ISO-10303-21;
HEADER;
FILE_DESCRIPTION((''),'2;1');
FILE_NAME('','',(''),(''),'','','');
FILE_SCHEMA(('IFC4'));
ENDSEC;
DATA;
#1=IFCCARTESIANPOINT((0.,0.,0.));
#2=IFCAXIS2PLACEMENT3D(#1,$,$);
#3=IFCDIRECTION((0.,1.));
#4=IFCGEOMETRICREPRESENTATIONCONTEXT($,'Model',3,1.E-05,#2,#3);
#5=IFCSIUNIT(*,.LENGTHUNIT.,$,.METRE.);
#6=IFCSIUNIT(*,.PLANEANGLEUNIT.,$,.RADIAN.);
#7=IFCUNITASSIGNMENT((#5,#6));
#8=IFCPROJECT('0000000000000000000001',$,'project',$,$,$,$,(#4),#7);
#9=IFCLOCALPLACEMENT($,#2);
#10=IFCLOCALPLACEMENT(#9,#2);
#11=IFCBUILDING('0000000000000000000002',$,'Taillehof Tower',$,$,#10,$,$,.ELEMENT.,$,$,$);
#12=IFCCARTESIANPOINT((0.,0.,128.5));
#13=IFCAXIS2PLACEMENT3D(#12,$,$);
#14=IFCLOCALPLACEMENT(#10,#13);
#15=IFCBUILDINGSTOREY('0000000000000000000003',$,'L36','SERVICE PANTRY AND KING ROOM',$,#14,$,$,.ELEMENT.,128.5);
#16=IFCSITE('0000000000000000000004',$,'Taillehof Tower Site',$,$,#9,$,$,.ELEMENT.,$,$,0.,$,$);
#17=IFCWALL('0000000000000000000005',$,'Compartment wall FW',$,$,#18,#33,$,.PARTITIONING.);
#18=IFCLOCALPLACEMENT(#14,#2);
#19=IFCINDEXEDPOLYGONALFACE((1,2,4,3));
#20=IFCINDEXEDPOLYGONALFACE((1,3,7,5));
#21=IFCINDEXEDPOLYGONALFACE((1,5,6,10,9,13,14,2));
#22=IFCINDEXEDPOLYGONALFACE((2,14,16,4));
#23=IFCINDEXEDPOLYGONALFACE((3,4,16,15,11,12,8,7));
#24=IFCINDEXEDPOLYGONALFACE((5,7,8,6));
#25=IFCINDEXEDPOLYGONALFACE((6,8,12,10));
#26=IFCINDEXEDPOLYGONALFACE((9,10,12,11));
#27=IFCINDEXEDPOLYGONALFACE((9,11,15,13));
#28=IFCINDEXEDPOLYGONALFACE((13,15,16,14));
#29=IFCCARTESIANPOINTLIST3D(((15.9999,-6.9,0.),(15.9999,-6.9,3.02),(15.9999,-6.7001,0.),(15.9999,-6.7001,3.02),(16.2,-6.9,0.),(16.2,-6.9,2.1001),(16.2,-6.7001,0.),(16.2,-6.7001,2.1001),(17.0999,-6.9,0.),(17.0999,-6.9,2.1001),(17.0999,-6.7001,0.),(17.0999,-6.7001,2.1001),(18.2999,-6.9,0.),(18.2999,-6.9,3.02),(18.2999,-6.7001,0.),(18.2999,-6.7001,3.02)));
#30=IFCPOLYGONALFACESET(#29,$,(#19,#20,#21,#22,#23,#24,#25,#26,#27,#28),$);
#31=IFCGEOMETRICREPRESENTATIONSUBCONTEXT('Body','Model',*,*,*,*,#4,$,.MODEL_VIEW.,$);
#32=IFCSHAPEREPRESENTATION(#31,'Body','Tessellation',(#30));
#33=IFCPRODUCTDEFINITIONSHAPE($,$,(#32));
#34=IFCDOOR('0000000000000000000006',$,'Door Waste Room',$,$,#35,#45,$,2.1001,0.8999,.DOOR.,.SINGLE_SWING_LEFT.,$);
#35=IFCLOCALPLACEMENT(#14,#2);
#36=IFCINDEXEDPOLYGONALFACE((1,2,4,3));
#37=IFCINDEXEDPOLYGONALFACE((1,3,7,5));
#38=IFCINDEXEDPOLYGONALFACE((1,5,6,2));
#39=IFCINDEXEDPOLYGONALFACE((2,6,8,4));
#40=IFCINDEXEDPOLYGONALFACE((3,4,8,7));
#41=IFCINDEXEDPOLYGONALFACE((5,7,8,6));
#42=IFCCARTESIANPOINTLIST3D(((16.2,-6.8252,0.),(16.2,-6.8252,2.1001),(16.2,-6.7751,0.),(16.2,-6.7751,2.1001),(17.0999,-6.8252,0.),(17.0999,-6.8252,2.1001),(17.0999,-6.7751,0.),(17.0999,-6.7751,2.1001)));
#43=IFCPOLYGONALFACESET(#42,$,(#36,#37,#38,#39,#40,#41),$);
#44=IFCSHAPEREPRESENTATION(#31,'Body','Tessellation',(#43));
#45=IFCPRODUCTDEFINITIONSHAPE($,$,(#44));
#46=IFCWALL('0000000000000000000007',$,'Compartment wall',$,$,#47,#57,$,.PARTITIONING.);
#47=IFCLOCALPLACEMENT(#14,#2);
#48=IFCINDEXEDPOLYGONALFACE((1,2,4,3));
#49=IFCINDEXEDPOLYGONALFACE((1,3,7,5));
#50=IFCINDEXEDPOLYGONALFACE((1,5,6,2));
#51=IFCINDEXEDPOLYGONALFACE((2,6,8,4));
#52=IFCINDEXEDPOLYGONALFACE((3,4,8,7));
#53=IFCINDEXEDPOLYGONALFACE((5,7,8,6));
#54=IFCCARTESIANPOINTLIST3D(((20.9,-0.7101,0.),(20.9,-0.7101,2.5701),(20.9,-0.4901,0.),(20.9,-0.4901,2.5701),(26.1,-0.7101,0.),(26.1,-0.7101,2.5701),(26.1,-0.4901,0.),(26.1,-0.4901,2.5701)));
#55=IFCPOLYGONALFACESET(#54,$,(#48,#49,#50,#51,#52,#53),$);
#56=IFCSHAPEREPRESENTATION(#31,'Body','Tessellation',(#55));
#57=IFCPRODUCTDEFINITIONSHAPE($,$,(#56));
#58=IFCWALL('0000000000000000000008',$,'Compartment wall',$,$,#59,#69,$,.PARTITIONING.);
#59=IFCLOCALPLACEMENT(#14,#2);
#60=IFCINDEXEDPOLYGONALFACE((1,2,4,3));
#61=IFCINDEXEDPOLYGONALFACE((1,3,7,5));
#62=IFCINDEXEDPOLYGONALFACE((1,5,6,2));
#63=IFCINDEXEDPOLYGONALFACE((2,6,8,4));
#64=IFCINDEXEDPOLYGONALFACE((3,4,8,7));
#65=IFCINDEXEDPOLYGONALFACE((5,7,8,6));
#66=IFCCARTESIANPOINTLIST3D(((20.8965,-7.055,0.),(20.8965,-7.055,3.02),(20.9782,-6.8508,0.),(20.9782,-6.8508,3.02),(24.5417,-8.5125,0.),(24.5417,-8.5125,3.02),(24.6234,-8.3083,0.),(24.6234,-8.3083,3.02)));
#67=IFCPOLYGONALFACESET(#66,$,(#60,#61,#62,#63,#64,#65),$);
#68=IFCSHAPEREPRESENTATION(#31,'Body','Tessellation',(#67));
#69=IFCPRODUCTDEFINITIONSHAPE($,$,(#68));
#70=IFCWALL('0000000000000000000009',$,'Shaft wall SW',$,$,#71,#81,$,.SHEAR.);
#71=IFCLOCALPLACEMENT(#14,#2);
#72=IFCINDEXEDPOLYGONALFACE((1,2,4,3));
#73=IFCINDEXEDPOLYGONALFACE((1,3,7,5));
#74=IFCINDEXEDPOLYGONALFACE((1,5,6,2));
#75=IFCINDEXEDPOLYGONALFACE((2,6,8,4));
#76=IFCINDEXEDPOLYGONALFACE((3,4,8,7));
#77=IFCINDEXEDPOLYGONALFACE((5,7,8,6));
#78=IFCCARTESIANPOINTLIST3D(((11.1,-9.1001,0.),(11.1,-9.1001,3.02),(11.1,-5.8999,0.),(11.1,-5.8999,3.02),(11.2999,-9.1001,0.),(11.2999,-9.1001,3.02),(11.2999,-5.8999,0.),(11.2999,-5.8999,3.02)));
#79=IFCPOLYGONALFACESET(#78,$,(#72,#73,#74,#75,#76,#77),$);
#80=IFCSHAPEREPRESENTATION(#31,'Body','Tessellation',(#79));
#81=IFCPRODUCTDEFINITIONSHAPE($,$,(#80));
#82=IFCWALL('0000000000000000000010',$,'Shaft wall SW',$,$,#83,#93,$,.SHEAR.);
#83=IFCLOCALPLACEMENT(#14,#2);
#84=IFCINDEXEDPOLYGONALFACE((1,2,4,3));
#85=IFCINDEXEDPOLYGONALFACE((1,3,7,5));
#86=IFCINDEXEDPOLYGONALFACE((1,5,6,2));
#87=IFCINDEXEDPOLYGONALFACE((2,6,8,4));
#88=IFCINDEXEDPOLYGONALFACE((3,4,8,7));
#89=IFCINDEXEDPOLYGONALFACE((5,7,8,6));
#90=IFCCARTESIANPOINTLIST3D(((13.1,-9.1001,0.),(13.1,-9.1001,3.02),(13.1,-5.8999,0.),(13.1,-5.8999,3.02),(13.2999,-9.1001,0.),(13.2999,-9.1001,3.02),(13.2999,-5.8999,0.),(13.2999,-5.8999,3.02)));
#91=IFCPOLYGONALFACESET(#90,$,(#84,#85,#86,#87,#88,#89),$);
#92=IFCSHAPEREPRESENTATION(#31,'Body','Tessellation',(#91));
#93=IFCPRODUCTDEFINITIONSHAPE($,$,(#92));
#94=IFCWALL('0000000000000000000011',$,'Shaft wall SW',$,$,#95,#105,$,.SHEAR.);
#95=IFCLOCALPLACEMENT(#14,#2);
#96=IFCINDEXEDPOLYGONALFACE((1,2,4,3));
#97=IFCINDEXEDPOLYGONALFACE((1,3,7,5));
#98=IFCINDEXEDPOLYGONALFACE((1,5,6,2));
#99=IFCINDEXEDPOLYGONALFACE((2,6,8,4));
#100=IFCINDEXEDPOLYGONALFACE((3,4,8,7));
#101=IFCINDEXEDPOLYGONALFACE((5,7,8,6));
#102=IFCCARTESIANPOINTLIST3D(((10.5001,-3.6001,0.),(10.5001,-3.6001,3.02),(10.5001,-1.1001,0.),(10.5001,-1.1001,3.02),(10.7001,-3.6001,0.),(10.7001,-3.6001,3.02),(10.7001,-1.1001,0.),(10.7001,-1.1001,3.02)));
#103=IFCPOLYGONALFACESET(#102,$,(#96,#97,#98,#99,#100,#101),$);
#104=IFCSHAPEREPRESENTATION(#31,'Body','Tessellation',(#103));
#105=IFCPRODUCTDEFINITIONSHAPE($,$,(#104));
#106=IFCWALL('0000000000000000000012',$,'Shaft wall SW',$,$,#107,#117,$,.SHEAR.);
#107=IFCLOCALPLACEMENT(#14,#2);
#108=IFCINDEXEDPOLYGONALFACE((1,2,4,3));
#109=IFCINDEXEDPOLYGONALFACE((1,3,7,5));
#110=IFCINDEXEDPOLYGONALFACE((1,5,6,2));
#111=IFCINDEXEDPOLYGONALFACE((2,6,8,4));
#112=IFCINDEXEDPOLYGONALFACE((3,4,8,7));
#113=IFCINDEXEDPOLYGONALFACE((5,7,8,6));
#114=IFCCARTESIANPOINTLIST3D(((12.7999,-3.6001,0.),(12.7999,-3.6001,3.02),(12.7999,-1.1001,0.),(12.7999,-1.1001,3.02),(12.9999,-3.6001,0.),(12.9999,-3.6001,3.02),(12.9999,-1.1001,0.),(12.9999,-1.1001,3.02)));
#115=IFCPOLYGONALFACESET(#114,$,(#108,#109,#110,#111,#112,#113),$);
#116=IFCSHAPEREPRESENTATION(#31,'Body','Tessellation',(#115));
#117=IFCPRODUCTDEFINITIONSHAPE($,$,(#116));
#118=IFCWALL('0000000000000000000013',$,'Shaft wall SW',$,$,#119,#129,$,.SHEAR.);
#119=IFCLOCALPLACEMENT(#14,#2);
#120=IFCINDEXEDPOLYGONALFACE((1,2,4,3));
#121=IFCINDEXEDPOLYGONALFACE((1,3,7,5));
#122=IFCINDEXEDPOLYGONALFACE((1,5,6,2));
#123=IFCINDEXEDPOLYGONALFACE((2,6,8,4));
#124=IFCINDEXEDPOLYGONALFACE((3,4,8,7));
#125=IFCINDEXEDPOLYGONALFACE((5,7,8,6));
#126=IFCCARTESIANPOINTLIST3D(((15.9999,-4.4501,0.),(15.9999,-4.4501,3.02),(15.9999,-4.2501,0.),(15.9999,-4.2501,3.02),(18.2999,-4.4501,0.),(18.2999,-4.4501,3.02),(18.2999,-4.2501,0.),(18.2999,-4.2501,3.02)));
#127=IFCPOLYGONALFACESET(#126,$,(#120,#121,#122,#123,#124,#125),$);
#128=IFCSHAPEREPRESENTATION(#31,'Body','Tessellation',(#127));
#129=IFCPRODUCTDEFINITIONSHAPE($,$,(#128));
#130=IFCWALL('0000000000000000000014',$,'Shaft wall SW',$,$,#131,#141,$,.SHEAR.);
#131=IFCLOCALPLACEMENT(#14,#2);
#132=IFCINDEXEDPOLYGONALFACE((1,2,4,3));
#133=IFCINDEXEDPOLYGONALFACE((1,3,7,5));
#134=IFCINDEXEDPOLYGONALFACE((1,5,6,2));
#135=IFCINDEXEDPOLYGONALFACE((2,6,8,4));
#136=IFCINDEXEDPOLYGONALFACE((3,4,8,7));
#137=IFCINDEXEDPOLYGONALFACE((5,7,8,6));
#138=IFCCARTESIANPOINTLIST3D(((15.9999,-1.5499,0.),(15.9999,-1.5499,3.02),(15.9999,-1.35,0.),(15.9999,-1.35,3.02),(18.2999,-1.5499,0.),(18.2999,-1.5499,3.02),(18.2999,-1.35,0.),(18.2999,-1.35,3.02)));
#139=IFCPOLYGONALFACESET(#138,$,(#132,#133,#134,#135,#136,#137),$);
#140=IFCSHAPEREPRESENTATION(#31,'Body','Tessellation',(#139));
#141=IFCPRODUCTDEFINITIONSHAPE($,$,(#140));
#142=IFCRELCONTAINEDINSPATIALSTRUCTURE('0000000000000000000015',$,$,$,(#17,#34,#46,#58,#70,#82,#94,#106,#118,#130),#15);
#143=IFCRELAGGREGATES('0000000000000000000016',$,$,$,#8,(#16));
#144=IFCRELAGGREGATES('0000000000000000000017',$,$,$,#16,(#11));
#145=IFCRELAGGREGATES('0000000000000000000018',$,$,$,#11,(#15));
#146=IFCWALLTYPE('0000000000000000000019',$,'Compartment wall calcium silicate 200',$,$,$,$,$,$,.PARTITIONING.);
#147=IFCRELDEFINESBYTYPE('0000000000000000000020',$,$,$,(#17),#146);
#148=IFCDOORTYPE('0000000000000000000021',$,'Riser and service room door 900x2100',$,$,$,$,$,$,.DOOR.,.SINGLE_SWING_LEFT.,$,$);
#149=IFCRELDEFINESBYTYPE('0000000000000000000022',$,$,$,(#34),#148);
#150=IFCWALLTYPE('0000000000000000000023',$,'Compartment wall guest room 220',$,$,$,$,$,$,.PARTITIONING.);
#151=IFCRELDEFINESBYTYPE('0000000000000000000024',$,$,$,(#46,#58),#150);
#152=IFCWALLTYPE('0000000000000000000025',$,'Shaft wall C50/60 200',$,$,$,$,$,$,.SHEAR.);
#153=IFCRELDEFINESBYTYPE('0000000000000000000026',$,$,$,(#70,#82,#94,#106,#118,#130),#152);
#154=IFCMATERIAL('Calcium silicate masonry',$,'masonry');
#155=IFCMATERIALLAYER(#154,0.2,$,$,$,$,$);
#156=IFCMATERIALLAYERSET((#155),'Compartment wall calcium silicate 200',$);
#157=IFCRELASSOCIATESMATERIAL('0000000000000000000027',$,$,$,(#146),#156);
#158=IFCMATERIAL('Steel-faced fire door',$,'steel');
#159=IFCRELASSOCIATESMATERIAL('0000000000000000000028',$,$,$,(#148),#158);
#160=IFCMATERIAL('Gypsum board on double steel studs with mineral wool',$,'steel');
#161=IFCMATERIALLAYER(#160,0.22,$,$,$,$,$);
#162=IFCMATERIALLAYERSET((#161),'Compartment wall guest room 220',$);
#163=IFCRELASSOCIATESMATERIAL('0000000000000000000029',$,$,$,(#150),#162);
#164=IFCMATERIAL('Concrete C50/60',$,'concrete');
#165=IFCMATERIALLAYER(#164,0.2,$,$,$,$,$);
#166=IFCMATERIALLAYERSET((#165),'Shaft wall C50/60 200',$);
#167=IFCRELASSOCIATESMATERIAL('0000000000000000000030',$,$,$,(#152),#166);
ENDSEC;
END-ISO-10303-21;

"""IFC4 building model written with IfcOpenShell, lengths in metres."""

from ifc_helpers import new_model, si_unit, direction, frame, frame_2d, origin, place, context, subcontext, project, spatial, rectangle, extrude, material, layer, layer_set, type_object, element, fill, save


model = new_model("IFC4")

# Units and contexts
model_context = context("Model", 3, precision=1e-05, world=origin(), true_north=direction((0.0, 1.0)))
body_context = subcontext(model_context, "Body", "Model", "MODEL_VIEW")
ifc_project = project(units=[si_unit("LENGTHUNIT", "METRE"), si_unit("PLANEANGLEUNIT", "RADIAN")], contexts=[model_context])

# Site, building, storey
site_placement = place(None, origin())
site = spatial("IfcSite", under=ifc_project, at=site_placement, Name="Taillehof Tower Site", CompositionType="ELEMENT", RefElevation=0.0)
building_placement = place(site_placement, origin())
building = spatial("IfcBuilding", under=site, at=building_placement, Name="Taillehof Tower", CompositionType="ELEMENT")
storey_placement = place(building_placement, frame((0.0, 0.0, 128.5)))
storey = spatial("IfcBuildingStorey", under=building, at=storey_placement, Name="L36", Description="SERVICE PANTRY AND KING ROOM", CompositionType="ELEMENT", Elevation=128.5)

# Shared definitions
ifc_material_1 = material(Name="Calcium silicate masonry", Category="masonry")
ifc_layer_1 = layer(ifc_material_1, 0.2)
ifc_layer_set_1 = layer_set([ifc_layer_1], Name="Compartment wall calcium silicate 200")
wall_type_1 = type_object("IfcWallType", Name="Compartment wall calcium silicate 200", PredefinedType="PARTITIONING", material=ifc_layer_set_1)

# Wall, opening, door
wall_1_placement = place(storey_placement, frame((16.0, -6.8, 0.0), z_axis=(0.0, 0.0, 1.0), x_axis=(1.0, 0.0, 0.0)))
wall_1 = element("IfcWall", 1, at=wall_1_placement, inside=storey, type_object=wall_type_1, Name="Compartment wall FW", PredefinedType="PARTITIONING", context=body_context, shape_type="SweptSolid", body=[
    extrude(rectangle(XDim=2.3, YDim=0.2, at=frame_2d((1.1499, 0.0))), origin(), (0.0, 0.0, 1.0), 3.02),
])
opening_1_placement = place(wall_1_placement, frame((0.2, 0.0, 0.0)))
opening_1 = element("IfcOpeningElement", 2, at=opening_1_placement, cuts=wall_1, PredefinedType="OPENING", context=body_context, shape_type="SweptSolid", body=[
    extrude(rectangle(XDim=0.8999, YDim=2.1001, at=frame_2d((0.45, 1.05))), frame((0.0, 0.1099, 0.0), z_axis=(0.0, -1.0, 0.0), x_axis=(1.0, 0.0, 0.0)), (0.0, 0.0, 1.0), 0.22),
])
ifc_material_2 = material(Name="Steel-faced fire door", Category="steel")
door_type = type_object("IfcDoorType", Name="Riser and service room door 900x2100", OperationType="SINGLE_SWING_LEFT", PredefinedType="DOOR", material=ifc_material_2)
door_placement = place(opening_1_placement, origin())
door = element("IfcDoor", 3, at=door_placement, inside=storey, type_object=door_type, Name="Door Waste Room", OperationType="SINGLE_SWING_LEFT", OverallHeight=2.1001, OverallWidth=0.8999, PredefinedType="DOOR", context=body_context, shape_type="SweptSolid", body=[
    extrude(rectangle(XDim=0.8999, YDim=2.1001, at=frame_2d((0.45, 1.05))), frame((0.0, 0.0249, 0.0), z_axis=(0.0, -1.0, 0.0), x_axis=(1.0, 0.0, 0.0)), (0.0, 0.0, 1.0), 0.05),
])
fill(opening_1, door)

# Walls
ifc_material_3 = material(Name="Gypsum board on double steel studs with mineral wool", Category="steel")
ifc_layer_2 = layer(ifc_material_3, 0.22)
ifc_layer_set_2 = layer_set([ifc_layer_2], Name="Compartment wall guest room 220")
wall_type_2 = type_object("IfcWallType", Name="Compartment wall guest room 220", PredefinedType="PARTITIONING", material=ifc_layer_set_2)
wall_2_placement = place(storey_placement, frame((26.1001, -0.6001, 0.0), z_axis=(0.0, 0.0, 1.0), x_axis=(-1.0, 0.0, 0.0)))
element("IfcWall", 4, at=wall_2_placement, inside=storey, type_object=wall_type_2, Name="Compartment wall", PredefinedType="PARTITIONING", context=body_context, shape_type="SweptSolid", body=[
    extrude(rectangle(XDim=5.2, YDim=0.22, at=frame_2d((2.6001, 0.0))), origin(), (0.0, 0.0, 1.0), 2.5701),
])
wall_3_placement = place(storey_placement, frame((24.5825, -8.4104, 0.0), z_axis=(0.0, 0.0, 1.0), x_axis=(-0.928528, 0.371262, 0.0)))
element("IfcWall", 5, at=wall_3_placement, inside=storey, type_object=wall_type_2, Name="Compartment wall", PredefinedType="PARTITIONING", context=body_context, shape_type="SweptSolid", body=[
    extrude(rectangle(XDim=3.9258, YDim=0.22, at=frame_2d((1.9629, 0.0))), origin(), (0.0, 0.0, 1.0), 3.02),
])
ifc_material_4 = material(Name="Concrete C50/60", Category="concrete")
ifc_layer_3 = layer(ifc_material_4, 0.2)
ifc_layer_set_3 = layer_set([ifc_layer_3], Name="Shaft wall C50/60 200")
wall_type_3 = type_object("IfcWallType", Name="Shaft wall C50/60 200", PredefinedType="SHEAR", material=ifc_layer_set_3)
for number, where, z_axis, x_axis, name in (
    (6, (11.2, -9.1001, 0.0), (0.0, 0.0, 1.0), (0.0, 1.0, 0.0), "Shaft wall SW"),
    (7, (13.2, -9.1001, 0.0), (0.0, 0.0, 1.0), (0.0, 1.0, 0.0), "Shaft wall SW"),
):
    element("IfcWall", number, at=place(storey_placement, frame(where, z_axis=z_axis, x_axis=x_axis)), inside=storey, type_object=wall_type_3, Name=name, PredefinedType="SHEAR", context=body_context, shape_type="SweptSolid", body=[
        extrude(rectangle(XDim=3.2002, YDim=0.2, at=frame_2d((1.6001, 0.0))), origin(), (0.0, 0.0, 1.0), 3.02),
    ])
for number, where, z_axis, x_axis, name in (
    (8, (10.6001, -3.6001, 0.0), (0.0, 0.0, 1.0), (0.0, 1.0, 0.0), "Shaft wall SW"),
    (9, (12.8999, -3.6001, 0.0), (0.0, 0.0, 1.0), (0.0, 1.0, 0.0), "Shaft wall SW"),
):
    element("IfcWall", number, at=place(storey_placement, frame(where, z_axis=z_axis, x_axis=x_axis)), inside=storey, type_object=wall_type_3, Name=name, PredefinedType="SHEAR", context=body_context, shape_type="SweptSolid", body=[
        extrude(rectangle(XDim=2.5, YDim=0.2, at=frame_2d((1.25, 0.0))), origin(), (0.0, 0.0, 1.0), 3.02),
    ])
for number, where, z_axis, x_axis, name in (
    (10, (16.0, -4.3501, 0.0), (0.0, 0.0, 1.0), (1.0, 0.0, 0.0), "Shaft wall SW"),
    (11, (16.0, -1.45, 0.0), (0.0, 0.0, 1.0), (1.0, 0.0, 0.0), "Shaft wall SW"),
):
    element("IfcWall", number, at=place(storey_placement, frame(where, z_axis=z_axis, x_axis=x_axis)), inside=storey, type_object=wall_type_3, Name=name, PredefinedType="SHEAR", context=body_context, shape_type="SweptSolid", body=[
        extrude(rectangle(XDim=2.3, YDim=0.2, at=frame_2d((1.1499, 0.0))), origin(), (0.0, 0.0, 1.0), 3.02),
    ])

save(model, "model.ifc")
